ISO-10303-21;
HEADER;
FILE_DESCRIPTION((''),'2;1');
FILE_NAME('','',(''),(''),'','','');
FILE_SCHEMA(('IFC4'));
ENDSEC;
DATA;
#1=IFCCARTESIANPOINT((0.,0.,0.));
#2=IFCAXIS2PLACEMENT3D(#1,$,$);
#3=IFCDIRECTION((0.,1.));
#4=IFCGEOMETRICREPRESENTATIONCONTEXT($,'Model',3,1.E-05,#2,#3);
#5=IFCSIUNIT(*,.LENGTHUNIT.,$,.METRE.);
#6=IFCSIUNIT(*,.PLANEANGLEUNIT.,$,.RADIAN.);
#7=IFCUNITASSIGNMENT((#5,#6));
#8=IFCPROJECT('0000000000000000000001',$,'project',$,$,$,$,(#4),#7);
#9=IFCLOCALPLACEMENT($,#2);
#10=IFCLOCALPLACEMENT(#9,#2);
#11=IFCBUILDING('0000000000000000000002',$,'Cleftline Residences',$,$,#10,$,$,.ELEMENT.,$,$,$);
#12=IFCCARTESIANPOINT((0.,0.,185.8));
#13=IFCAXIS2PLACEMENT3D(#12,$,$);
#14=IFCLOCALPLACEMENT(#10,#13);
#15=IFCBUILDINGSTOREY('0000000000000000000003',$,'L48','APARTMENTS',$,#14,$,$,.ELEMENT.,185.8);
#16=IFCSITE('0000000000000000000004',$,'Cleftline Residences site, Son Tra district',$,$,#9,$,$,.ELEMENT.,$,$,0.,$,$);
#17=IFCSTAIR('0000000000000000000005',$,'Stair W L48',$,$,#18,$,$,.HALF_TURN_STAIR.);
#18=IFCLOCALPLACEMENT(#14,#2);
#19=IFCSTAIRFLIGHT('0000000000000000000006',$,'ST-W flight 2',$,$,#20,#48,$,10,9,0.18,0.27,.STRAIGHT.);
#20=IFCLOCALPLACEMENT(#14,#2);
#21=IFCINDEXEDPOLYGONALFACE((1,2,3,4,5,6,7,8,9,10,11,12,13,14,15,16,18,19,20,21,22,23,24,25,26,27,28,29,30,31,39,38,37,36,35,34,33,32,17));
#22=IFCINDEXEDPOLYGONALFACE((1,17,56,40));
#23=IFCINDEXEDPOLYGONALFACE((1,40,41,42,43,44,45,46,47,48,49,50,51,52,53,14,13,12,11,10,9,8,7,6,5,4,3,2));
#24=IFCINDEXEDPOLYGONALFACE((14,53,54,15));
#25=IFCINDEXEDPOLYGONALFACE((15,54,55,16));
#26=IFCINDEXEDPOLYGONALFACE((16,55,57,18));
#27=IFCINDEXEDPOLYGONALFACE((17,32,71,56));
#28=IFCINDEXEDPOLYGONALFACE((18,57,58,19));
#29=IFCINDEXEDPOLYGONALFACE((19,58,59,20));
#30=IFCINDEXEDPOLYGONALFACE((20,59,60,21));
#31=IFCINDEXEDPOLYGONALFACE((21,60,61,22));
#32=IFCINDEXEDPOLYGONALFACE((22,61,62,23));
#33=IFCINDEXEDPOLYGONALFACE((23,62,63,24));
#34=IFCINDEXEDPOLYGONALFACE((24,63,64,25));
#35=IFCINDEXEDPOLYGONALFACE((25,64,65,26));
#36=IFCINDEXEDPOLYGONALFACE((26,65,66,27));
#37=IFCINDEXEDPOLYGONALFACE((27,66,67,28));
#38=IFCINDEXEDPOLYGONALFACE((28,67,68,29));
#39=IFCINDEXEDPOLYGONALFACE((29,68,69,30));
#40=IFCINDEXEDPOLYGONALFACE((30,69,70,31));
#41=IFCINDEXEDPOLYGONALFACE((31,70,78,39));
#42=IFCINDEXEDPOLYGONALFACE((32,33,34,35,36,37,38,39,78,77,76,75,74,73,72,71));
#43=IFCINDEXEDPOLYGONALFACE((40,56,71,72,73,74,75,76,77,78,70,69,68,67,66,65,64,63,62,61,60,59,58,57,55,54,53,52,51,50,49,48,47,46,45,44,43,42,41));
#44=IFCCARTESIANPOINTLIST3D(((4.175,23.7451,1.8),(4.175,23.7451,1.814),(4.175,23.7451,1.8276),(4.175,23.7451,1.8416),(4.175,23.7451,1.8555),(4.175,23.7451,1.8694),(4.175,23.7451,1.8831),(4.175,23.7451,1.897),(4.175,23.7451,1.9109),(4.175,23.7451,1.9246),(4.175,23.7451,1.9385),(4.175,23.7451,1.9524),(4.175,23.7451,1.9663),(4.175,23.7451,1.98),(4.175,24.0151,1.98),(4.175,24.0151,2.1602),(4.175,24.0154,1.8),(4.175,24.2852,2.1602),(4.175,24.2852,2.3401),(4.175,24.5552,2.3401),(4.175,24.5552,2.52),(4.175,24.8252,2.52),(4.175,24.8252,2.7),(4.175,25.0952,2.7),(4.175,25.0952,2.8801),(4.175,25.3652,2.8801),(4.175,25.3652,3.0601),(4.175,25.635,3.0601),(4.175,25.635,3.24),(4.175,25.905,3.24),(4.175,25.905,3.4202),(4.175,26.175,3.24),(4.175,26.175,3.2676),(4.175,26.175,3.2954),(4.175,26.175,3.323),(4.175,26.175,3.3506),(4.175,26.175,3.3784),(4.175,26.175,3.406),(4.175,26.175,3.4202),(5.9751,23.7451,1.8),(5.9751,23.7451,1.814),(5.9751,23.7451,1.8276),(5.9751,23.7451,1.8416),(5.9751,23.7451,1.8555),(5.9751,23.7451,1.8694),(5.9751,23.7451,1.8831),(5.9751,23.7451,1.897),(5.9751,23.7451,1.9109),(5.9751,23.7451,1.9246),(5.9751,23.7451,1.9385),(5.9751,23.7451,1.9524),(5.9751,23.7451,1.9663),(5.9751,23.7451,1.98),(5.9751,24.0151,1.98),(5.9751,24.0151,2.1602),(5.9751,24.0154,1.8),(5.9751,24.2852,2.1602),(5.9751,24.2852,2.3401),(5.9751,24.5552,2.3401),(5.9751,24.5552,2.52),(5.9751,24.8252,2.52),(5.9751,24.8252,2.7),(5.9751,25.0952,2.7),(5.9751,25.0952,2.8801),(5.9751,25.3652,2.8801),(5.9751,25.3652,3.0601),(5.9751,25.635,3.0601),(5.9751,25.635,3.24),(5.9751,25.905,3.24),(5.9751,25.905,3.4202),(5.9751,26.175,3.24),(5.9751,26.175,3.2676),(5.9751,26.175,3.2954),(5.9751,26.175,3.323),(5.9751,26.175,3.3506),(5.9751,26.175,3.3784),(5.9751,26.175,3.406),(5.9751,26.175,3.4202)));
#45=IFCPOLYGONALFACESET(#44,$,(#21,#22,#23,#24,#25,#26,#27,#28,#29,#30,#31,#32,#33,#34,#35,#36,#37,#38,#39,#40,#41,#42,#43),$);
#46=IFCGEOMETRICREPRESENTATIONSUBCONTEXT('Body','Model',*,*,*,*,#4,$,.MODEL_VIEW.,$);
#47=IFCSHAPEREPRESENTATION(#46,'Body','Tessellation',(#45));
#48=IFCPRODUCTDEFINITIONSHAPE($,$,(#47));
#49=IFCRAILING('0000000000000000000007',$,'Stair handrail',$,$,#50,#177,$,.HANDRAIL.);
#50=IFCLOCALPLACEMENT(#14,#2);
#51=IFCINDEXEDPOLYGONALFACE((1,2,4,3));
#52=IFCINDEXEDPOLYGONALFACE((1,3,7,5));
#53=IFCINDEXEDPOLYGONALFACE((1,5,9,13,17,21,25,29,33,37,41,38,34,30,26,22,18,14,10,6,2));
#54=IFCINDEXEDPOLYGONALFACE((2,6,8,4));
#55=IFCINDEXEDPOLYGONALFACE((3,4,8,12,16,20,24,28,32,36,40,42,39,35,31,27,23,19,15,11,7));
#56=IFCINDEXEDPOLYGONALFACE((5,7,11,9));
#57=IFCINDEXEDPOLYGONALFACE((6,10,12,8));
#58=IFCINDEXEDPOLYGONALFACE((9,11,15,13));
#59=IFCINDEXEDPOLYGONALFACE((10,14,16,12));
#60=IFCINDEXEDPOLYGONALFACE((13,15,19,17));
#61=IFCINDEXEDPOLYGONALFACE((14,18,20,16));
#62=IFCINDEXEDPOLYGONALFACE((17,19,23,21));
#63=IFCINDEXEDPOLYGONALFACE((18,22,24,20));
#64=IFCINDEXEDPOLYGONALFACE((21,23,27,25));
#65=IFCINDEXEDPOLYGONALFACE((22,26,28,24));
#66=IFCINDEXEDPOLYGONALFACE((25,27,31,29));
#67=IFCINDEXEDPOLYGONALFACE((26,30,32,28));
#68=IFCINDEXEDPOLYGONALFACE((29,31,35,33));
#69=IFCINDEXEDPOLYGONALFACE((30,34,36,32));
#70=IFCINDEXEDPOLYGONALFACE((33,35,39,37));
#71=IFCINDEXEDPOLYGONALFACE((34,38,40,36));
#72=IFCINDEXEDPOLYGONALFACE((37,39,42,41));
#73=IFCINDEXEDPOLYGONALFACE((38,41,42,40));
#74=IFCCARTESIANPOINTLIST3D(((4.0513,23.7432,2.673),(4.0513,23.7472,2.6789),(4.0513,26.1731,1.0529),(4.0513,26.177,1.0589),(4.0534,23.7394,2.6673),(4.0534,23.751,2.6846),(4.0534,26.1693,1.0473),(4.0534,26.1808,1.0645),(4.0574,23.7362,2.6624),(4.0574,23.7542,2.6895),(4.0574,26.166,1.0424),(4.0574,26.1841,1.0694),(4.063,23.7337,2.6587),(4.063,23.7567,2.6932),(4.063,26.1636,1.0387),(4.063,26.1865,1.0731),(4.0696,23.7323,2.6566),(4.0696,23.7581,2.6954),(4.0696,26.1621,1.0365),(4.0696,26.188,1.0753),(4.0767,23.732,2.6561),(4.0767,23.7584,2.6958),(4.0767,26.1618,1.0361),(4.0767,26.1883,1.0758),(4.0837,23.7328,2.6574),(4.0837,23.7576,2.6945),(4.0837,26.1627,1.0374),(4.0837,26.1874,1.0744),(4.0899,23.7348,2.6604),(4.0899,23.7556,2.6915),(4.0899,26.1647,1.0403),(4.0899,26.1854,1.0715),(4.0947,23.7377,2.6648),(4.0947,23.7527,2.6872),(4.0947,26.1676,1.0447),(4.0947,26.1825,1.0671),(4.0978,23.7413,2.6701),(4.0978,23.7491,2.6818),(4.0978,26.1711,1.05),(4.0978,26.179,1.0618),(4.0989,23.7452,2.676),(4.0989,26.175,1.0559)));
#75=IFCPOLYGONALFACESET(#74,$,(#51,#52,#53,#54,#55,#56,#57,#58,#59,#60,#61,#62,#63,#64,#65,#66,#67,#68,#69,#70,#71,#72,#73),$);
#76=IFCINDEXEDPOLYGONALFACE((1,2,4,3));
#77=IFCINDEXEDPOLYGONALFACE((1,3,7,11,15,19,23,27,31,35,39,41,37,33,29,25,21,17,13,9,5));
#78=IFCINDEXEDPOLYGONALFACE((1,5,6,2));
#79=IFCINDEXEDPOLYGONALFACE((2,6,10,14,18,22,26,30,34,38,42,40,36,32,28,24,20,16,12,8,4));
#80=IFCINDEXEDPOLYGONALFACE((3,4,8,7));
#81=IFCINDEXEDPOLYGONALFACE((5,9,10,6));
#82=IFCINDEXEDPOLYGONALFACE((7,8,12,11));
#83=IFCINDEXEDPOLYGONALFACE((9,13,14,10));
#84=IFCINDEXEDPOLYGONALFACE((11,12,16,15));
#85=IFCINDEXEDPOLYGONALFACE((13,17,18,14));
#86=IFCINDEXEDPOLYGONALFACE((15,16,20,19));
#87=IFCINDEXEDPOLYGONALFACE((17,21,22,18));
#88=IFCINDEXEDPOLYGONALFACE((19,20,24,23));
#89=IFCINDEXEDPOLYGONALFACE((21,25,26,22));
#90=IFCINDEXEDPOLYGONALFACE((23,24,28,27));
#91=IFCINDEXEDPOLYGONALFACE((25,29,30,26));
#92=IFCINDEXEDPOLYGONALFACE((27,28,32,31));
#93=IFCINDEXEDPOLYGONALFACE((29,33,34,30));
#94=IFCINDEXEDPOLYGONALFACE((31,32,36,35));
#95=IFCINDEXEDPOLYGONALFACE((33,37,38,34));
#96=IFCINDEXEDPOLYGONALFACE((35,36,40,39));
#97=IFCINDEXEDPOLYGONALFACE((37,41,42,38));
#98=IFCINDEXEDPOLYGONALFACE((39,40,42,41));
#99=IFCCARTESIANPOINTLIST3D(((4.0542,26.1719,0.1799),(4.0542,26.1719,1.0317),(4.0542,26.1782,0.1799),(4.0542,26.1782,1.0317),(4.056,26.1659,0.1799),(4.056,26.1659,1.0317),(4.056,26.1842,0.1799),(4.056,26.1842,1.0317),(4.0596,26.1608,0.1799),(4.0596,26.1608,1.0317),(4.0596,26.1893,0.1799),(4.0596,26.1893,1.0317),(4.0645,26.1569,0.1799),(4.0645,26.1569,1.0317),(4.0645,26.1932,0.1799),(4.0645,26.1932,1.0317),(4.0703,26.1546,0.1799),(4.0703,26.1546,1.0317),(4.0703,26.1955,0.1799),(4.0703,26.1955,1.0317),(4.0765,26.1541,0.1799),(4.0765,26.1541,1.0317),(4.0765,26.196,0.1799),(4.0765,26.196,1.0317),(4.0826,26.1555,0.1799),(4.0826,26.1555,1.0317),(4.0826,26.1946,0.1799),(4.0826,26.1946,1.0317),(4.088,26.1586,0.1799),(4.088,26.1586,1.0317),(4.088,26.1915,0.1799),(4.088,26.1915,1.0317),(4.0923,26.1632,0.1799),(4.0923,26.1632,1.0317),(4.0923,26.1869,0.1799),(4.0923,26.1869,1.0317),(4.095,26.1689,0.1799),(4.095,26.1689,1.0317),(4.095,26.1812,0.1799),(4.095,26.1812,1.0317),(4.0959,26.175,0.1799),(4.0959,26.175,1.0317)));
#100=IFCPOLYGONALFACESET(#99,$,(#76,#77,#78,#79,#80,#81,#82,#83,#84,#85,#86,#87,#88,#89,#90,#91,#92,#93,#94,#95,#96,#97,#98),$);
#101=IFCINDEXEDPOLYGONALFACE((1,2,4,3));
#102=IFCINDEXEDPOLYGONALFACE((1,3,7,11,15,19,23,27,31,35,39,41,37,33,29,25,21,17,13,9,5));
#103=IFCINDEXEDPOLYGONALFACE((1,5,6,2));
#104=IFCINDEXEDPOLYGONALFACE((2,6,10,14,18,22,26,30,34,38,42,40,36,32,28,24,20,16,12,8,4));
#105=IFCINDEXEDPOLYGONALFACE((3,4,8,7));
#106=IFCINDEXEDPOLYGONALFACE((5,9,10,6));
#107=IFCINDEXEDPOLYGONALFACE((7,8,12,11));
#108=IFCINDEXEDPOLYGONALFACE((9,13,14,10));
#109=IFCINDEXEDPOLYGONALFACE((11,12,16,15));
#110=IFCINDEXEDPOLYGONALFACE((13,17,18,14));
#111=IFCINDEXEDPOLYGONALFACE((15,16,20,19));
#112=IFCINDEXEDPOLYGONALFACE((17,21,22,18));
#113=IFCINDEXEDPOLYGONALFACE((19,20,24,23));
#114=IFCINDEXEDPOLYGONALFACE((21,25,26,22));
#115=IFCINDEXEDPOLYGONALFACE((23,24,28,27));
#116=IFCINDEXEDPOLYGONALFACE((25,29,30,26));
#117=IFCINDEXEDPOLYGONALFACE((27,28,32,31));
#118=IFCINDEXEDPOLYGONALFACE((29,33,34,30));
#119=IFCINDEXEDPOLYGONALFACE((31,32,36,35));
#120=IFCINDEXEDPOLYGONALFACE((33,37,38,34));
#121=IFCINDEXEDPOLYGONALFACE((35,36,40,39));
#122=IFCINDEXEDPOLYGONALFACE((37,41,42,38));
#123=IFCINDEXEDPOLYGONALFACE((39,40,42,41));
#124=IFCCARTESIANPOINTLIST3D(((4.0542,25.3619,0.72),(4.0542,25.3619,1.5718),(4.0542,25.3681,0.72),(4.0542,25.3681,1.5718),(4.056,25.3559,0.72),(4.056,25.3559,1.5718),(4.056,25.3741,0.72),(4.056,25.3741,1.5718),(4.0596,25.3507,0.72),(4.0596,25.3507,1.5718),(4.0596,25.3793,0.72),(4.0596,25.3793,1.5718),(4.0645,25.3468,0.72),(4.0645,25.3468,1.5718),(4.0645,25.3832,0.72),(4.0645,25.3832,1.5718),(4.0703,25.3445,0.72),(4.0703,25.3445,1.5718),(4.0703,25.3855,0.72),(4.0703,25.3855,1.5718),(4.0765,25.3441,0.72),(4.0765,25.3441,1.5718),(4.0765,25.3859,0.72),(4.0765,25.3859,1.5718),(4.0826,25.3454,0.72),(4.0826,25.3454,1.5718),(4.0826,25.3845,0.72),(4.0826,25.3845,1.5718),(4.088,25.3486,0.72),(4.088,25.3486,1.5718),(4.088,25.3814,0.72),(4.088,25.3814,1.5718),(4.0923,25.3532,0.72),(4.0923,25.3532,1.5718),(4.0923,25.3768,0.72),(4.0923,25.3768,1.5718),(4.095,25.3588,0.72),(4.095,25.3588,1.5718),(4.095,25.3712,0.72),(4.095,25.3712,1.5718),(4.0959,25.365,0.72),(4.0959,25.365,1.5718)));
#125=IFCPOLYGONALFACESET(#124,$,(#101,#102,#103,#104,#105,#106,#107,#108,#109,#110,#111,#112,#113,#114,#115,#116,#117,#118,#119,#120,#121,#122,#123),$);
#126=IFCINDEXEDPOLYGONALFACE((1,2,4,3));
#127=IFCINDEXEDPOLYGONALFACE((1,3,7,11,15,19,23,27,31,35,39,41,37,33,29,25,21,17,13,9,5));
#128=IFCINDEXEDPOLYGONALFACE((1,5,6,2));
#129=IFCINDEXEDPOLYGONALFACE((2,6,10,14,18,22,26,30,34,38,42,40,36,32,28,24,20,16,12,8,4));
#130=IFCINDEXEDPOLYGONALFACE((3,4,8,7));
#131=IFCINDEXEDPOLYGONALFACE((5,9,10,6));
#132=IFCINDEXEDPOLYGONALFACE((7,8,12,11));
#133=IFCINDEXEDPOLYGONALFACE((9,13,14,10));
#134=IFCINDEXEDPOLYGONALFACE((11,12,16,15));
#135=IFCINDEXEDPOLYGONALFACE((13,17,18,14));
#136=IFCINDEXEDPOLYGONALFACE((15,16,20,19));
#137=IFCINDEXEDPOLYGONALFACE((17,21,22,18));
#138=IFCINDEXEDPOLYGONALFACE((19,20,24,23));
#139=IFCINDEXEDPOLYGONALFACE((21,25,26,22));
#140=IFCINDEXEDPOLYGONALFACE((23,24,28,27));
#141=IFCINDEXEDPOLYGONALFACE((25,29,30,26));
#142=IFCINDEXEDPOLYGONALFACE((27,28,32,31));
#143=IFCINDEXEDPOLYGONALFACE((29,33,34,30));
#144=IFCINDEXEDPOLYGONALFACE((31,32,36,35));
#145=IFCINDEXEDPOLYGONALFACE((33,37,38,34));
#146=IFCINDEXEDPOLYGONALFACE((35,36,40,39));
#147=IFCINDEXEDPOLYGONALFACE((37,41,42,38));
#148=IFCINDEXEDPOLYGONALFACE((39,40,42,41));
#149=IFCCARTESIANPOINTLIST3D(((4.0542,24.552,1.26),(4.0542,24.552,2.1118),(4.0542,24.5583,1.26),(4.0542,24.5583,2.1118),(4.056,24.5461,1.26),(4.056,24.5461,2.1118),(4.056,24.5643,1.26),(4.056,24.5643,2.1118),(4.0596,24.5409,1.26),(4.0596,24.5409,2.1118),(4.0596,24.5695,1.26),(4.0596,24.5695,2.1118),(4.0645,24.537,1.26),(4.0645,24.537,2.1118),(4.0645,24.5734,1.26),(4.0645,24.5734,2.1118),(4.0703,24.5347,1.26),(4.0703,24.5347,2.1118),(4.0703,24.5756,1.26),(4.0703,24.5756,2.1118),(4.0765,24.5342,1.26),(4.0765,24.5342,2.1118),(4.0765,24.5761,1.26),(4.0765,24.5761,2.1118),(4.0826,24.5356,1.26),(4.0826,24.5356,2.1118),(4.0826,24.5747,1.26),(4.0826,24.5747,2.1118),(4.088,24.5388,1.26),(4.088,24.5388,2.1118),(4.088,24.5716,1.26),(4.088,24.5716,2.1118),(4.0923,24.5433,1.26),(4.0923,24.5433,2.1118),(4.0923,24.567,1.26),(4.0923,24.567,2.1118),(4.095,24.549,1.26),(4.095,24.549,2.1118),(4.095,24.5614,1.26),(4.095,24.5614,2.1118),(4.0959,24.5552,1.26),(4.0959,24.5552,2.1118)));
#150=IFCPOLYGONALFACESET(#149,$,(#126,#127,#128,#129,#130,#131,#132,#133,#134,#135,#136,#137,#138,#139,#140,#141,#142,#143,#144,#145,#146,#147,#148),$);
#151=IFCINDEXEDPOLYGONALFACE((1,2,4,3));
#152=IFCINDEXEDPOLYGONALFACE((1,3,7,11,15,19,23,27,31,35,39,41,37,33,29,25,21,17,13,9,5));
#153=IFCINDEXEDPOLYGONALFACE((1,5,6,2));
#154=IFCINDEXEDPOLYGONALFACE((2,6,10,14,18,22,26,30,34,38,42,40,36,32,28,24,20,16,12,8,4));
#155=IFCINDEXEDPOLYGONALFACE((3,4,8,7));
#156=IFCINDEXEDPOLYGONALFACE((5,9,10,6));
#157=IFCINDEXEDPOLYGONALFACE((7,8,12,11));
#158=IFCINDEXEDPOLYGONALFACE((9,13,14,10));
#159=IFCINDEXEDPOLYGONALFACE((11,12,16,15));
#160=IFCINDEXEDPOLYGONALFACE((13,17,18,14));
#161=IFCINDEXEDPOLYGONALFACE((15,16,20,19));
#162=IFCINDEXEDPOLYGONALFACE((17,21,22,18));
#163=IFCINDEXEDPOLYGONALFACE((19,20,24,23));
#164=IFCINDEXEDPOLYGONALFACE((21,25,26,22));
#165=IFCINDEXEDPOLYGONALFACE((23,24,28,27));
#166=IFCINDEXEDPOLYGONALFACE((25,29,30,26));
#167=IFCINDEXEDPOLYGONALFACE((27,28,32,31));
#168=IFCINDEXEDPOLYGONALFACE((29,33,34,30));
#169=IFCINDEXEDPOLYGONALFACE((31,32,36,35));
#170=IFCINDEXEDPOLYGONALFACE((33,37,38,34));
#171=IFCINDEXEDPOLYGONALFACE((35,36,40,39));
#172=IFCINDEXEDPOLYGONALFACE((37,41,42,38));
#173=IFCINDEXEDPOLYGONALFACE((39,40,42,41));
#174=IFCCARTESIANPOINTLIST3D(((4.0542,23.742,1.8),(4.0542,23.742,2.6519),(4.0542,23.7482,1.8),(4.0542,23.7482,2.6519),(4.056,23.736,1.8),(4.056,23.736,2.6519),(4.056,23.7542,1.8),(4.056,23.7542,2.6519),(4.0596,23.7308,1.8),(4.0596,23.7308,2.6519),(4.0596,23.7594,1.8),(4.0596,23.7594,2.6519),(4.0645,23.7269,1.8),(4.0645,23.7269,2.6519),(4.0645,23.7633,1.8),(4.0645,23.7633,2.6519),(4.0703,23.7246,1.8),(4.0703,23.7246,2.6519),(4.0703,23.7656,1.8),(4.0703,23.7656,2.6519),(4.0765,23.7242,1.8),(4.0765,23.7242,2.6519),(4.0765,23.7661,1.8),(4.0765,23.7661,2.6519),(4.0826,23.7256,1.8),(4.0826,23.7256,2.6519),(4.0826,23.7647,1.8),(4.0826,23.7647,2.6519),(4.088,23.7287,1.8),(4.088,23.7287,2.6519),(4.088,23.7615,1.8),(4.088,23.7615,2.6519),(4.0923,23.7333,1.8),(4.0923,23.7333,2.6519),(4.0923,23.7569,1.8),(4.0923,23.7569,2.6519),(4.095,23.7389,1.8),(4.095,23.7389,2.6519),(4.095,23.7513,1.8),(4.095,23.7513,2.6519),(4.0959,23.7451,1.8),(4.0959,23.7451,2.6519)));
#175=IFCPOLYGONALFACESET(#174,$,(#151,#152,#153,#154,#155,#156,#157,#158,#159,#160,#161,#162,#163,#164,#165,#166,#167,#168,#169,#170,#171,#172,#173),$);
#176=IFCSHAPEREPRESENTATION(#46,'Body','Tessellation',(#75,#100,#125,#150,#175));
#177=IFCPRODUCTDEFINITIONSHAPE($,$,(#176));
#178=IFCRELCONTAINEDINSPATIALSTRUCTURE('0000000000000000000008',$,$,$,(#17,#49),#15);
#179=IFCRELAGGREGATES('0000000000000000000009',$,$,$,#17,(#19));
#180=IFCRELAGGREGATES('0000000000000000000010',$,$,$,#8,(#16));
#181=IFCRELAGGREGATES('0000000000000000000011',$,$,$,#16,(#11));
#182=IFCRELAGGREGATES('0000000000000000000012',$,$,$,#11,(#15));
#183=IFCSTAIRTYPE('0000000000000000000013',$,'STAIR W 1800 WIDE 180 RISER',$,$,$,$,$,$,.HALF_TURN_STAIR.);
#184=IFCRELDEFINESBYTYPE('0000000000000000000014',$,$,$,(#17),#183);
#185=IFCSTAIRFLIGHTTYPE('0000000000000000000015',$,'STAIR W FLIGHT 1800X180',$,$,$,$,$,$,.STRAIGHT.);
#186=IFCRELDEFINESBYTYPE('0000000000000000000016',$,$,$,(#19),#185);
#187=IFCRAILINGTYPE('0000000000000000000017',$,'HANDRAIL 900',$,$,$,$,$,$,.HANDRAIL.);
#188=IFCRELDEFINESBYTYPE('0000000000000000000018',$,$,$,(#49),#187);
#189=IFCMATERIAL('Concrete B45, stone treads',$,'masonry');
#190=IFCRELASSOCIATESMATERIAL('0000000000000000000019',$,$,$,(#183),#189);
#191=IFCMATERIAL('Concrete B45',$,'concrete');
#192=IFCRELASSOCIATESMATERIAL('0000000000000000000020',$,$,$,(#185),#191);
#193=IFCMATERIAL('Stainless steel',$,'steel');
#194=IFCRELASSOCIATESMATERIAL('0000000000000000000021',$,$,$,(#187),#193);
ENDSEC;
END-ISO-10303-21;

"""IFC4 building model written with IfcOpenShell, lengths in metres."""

from ifc_helpers import new_model, si_unit, direction, frame, origin, origin_2d, place, context, subcontext, project, spatial, polyline, circle, outline, extrude, material, type_object, element, aggregate, save


model = new_model("IFC4")

# Units and contexts
model_context = context("Model", 3, precision=1e-05, world=origin(), true_north=direction((0.0, 1.0)))
body_context = subcontext(model_context, "Body", "Model", "MODEL_VIEW")
ifc_project = project(units=[si_unit("LENGTHUNIT", "METRE"), si_unit("PLANEANGLEUNIT", "RADIAN")], contexts=[model_context])

# Site, building, storey
site_placement = place(None, origin())
site = spatial("IfcSite", under=ifc_project, at=site_placement, Name="Cleftline Residences site, Son Tra district", CompositionType="ELEMENT", RefElevation=0.0)
building_placement = place(site_placement, origin())
building = spatial("IfcBuilding", under=site, at=building_placement, Name="Cleftline Residences", CompositionType="ELEMENT")
storey_placement = place(building_placement, frame((0.0, 0.0, 185.8)))
storey = spatial("IfcBuildingStorey", under=building, at=storey_placement, Name="L48", Description="APARTMENTS", CompositionType="ELEMENT", Elevation=185.8)

# Stair, stair flight
ifc_material_1 = material(Name="Concrete B45, stone treads", Category="masonry")
stair_type = type_object("IfcStairType", Name="STAIR W 1800 WIDE 180 RISER", PredefinedType="HALF_TURN_STAIR", material=ifc_material_1)
stair_placement = place(storey_placement, origin())
stair = element("IfcStair", 1, at=stair_placement, inside=storey, type_object=stair_type, Name="Stair W L48", PredefinedType="HALF_TURN_STAIR")
ifc_material_2 = material(Name="Concrete B45", Category="concrete")
stair_flight_type = type_object("IfcStairFlightType", Name="STAIR W FLIGHT 1800X180", PredefinedType="STRAIGHT", material=ifc_material_2)
stair_flight_1_placement = place(storey_placement, frame((5.075, 23.7451, 1.8), z_axis=(0.0, 0.0, 1.0), x_axis=(0.0, 1.0, 0.0)))
stair_flight_1 = element("IfcStairFlight", 2, at=stair_flight_1_placement, type_object=stair_flight_type, Name="ST-W flight 2", NumberOfRisers=10, NumberOfTreads=9, PredefinedType="STRAIGHT", RiserHeight=0.18, TreadLength=0.27, context=body_context, shape_type="SweptSolid", body=[
    extrude(outline(polyline([(0.0, 0.0), (0.0, 0.0139), (0.0, 0.0276), (0.0, 0.0415), (0.0, 0.0554), (0.0, 0.0693), (0.0, 0.083), (0.0, 0.0969), (0.0, 0.1108), (0.0, 0.1245), (0.0, 0.1384), (0.0, 0.1523), (0.0, 0.1663), (0.0, 0.1799), (0.27, 0.1799), (0.27, 0.3601), (0.54, 0.3601), (0.54, 0.54), (0.8101, 0.54), (0.8101, 0.72), (1.0801, 0.72), (1.0801, 0.8999), (1.3501, 0.8999), (1.3501, 1.0801), (1.6201, 1.0801), (1.6201, 1.26), (1.8899, 1.26), (1.8899, 1.4399), (2.1599, 1.4399), (2.1599, 1.6201), (2.4299, 1.6201), (2.4299, 1.8), (2.4299, 1.7722), (2.4299, 1.7446), (2.4299, 1.7168), (2.4299, 1.6892), (2.4299, 1.6614), (2.4299, 1.6338), (2.4299, 1.606), (2.4299, 1.5784), (2.4299, 1.5505), (2.4299, 1.5229), (2.4299, 1.4954), (2.4299, 1.4675), (2.4299, 1.4399), (0.2703, 0.0), (0.0, 0.0)])), frame((0.0, 0.8999, 0.0), z_axis=(0.0, -1.0, 0.0), x_axis=(1.0, 0.0, 0.0)), (0.0, 0.0, 1.0), 1.8),
])
aggregate(stair, [stair_flight_1])

# Railing
ifc_material_3 = material(Name="Stainless steel", Category="steel")
railing_type = type_object("IfcRailingType", Name="HANDRAIL 900", PredefinedType="HANDRAIL", material=ifc_material_3)
railing_1_placement = place(storey_placement, frame((4.075, 26.175, 0.1799)))
element("IfcRailing", 3, at=railing_1_placement, inside=storey, type_object=railing_type, Name="Stair handrail", PredefinedType="HANDRAIL", context=body_context, shape_type="SweptSolid", body=[
    extrude(circle(Radius=0.0239, at=origin_2d()), frame((0.0, 0.0, 0.876), z_axis=(0.0, -0.832025, 0.554739), x_axis=(1.0, 0.0, 0.0)), (0.0, 0.0, 1.0), 2.9204),
    extrude(circle(Radius=0.021, at=origin_2d()), origin(), (0.0, 0.0, 1.0), 0.8518),
    extrude(circle(Radius=0.021, at=origin_2d()), frame((0.0, -0.8101, 0.54)), (0.0, 0.0, 1.0), 0.8518),
    extrude(circle(Radius=0.021, at=origin_2d()), frame((0.0, -1.6199, 1.0801)), (0.0, 0.0, 1.0), 0.8518),
    extrude(circle(Radius=0.021, at=origin_2d()), frame((0.0, -2.4299, 1.6201)), (0.0, 0.0, 1.0), 0.8518),
])

save(model, "model.ifc")
